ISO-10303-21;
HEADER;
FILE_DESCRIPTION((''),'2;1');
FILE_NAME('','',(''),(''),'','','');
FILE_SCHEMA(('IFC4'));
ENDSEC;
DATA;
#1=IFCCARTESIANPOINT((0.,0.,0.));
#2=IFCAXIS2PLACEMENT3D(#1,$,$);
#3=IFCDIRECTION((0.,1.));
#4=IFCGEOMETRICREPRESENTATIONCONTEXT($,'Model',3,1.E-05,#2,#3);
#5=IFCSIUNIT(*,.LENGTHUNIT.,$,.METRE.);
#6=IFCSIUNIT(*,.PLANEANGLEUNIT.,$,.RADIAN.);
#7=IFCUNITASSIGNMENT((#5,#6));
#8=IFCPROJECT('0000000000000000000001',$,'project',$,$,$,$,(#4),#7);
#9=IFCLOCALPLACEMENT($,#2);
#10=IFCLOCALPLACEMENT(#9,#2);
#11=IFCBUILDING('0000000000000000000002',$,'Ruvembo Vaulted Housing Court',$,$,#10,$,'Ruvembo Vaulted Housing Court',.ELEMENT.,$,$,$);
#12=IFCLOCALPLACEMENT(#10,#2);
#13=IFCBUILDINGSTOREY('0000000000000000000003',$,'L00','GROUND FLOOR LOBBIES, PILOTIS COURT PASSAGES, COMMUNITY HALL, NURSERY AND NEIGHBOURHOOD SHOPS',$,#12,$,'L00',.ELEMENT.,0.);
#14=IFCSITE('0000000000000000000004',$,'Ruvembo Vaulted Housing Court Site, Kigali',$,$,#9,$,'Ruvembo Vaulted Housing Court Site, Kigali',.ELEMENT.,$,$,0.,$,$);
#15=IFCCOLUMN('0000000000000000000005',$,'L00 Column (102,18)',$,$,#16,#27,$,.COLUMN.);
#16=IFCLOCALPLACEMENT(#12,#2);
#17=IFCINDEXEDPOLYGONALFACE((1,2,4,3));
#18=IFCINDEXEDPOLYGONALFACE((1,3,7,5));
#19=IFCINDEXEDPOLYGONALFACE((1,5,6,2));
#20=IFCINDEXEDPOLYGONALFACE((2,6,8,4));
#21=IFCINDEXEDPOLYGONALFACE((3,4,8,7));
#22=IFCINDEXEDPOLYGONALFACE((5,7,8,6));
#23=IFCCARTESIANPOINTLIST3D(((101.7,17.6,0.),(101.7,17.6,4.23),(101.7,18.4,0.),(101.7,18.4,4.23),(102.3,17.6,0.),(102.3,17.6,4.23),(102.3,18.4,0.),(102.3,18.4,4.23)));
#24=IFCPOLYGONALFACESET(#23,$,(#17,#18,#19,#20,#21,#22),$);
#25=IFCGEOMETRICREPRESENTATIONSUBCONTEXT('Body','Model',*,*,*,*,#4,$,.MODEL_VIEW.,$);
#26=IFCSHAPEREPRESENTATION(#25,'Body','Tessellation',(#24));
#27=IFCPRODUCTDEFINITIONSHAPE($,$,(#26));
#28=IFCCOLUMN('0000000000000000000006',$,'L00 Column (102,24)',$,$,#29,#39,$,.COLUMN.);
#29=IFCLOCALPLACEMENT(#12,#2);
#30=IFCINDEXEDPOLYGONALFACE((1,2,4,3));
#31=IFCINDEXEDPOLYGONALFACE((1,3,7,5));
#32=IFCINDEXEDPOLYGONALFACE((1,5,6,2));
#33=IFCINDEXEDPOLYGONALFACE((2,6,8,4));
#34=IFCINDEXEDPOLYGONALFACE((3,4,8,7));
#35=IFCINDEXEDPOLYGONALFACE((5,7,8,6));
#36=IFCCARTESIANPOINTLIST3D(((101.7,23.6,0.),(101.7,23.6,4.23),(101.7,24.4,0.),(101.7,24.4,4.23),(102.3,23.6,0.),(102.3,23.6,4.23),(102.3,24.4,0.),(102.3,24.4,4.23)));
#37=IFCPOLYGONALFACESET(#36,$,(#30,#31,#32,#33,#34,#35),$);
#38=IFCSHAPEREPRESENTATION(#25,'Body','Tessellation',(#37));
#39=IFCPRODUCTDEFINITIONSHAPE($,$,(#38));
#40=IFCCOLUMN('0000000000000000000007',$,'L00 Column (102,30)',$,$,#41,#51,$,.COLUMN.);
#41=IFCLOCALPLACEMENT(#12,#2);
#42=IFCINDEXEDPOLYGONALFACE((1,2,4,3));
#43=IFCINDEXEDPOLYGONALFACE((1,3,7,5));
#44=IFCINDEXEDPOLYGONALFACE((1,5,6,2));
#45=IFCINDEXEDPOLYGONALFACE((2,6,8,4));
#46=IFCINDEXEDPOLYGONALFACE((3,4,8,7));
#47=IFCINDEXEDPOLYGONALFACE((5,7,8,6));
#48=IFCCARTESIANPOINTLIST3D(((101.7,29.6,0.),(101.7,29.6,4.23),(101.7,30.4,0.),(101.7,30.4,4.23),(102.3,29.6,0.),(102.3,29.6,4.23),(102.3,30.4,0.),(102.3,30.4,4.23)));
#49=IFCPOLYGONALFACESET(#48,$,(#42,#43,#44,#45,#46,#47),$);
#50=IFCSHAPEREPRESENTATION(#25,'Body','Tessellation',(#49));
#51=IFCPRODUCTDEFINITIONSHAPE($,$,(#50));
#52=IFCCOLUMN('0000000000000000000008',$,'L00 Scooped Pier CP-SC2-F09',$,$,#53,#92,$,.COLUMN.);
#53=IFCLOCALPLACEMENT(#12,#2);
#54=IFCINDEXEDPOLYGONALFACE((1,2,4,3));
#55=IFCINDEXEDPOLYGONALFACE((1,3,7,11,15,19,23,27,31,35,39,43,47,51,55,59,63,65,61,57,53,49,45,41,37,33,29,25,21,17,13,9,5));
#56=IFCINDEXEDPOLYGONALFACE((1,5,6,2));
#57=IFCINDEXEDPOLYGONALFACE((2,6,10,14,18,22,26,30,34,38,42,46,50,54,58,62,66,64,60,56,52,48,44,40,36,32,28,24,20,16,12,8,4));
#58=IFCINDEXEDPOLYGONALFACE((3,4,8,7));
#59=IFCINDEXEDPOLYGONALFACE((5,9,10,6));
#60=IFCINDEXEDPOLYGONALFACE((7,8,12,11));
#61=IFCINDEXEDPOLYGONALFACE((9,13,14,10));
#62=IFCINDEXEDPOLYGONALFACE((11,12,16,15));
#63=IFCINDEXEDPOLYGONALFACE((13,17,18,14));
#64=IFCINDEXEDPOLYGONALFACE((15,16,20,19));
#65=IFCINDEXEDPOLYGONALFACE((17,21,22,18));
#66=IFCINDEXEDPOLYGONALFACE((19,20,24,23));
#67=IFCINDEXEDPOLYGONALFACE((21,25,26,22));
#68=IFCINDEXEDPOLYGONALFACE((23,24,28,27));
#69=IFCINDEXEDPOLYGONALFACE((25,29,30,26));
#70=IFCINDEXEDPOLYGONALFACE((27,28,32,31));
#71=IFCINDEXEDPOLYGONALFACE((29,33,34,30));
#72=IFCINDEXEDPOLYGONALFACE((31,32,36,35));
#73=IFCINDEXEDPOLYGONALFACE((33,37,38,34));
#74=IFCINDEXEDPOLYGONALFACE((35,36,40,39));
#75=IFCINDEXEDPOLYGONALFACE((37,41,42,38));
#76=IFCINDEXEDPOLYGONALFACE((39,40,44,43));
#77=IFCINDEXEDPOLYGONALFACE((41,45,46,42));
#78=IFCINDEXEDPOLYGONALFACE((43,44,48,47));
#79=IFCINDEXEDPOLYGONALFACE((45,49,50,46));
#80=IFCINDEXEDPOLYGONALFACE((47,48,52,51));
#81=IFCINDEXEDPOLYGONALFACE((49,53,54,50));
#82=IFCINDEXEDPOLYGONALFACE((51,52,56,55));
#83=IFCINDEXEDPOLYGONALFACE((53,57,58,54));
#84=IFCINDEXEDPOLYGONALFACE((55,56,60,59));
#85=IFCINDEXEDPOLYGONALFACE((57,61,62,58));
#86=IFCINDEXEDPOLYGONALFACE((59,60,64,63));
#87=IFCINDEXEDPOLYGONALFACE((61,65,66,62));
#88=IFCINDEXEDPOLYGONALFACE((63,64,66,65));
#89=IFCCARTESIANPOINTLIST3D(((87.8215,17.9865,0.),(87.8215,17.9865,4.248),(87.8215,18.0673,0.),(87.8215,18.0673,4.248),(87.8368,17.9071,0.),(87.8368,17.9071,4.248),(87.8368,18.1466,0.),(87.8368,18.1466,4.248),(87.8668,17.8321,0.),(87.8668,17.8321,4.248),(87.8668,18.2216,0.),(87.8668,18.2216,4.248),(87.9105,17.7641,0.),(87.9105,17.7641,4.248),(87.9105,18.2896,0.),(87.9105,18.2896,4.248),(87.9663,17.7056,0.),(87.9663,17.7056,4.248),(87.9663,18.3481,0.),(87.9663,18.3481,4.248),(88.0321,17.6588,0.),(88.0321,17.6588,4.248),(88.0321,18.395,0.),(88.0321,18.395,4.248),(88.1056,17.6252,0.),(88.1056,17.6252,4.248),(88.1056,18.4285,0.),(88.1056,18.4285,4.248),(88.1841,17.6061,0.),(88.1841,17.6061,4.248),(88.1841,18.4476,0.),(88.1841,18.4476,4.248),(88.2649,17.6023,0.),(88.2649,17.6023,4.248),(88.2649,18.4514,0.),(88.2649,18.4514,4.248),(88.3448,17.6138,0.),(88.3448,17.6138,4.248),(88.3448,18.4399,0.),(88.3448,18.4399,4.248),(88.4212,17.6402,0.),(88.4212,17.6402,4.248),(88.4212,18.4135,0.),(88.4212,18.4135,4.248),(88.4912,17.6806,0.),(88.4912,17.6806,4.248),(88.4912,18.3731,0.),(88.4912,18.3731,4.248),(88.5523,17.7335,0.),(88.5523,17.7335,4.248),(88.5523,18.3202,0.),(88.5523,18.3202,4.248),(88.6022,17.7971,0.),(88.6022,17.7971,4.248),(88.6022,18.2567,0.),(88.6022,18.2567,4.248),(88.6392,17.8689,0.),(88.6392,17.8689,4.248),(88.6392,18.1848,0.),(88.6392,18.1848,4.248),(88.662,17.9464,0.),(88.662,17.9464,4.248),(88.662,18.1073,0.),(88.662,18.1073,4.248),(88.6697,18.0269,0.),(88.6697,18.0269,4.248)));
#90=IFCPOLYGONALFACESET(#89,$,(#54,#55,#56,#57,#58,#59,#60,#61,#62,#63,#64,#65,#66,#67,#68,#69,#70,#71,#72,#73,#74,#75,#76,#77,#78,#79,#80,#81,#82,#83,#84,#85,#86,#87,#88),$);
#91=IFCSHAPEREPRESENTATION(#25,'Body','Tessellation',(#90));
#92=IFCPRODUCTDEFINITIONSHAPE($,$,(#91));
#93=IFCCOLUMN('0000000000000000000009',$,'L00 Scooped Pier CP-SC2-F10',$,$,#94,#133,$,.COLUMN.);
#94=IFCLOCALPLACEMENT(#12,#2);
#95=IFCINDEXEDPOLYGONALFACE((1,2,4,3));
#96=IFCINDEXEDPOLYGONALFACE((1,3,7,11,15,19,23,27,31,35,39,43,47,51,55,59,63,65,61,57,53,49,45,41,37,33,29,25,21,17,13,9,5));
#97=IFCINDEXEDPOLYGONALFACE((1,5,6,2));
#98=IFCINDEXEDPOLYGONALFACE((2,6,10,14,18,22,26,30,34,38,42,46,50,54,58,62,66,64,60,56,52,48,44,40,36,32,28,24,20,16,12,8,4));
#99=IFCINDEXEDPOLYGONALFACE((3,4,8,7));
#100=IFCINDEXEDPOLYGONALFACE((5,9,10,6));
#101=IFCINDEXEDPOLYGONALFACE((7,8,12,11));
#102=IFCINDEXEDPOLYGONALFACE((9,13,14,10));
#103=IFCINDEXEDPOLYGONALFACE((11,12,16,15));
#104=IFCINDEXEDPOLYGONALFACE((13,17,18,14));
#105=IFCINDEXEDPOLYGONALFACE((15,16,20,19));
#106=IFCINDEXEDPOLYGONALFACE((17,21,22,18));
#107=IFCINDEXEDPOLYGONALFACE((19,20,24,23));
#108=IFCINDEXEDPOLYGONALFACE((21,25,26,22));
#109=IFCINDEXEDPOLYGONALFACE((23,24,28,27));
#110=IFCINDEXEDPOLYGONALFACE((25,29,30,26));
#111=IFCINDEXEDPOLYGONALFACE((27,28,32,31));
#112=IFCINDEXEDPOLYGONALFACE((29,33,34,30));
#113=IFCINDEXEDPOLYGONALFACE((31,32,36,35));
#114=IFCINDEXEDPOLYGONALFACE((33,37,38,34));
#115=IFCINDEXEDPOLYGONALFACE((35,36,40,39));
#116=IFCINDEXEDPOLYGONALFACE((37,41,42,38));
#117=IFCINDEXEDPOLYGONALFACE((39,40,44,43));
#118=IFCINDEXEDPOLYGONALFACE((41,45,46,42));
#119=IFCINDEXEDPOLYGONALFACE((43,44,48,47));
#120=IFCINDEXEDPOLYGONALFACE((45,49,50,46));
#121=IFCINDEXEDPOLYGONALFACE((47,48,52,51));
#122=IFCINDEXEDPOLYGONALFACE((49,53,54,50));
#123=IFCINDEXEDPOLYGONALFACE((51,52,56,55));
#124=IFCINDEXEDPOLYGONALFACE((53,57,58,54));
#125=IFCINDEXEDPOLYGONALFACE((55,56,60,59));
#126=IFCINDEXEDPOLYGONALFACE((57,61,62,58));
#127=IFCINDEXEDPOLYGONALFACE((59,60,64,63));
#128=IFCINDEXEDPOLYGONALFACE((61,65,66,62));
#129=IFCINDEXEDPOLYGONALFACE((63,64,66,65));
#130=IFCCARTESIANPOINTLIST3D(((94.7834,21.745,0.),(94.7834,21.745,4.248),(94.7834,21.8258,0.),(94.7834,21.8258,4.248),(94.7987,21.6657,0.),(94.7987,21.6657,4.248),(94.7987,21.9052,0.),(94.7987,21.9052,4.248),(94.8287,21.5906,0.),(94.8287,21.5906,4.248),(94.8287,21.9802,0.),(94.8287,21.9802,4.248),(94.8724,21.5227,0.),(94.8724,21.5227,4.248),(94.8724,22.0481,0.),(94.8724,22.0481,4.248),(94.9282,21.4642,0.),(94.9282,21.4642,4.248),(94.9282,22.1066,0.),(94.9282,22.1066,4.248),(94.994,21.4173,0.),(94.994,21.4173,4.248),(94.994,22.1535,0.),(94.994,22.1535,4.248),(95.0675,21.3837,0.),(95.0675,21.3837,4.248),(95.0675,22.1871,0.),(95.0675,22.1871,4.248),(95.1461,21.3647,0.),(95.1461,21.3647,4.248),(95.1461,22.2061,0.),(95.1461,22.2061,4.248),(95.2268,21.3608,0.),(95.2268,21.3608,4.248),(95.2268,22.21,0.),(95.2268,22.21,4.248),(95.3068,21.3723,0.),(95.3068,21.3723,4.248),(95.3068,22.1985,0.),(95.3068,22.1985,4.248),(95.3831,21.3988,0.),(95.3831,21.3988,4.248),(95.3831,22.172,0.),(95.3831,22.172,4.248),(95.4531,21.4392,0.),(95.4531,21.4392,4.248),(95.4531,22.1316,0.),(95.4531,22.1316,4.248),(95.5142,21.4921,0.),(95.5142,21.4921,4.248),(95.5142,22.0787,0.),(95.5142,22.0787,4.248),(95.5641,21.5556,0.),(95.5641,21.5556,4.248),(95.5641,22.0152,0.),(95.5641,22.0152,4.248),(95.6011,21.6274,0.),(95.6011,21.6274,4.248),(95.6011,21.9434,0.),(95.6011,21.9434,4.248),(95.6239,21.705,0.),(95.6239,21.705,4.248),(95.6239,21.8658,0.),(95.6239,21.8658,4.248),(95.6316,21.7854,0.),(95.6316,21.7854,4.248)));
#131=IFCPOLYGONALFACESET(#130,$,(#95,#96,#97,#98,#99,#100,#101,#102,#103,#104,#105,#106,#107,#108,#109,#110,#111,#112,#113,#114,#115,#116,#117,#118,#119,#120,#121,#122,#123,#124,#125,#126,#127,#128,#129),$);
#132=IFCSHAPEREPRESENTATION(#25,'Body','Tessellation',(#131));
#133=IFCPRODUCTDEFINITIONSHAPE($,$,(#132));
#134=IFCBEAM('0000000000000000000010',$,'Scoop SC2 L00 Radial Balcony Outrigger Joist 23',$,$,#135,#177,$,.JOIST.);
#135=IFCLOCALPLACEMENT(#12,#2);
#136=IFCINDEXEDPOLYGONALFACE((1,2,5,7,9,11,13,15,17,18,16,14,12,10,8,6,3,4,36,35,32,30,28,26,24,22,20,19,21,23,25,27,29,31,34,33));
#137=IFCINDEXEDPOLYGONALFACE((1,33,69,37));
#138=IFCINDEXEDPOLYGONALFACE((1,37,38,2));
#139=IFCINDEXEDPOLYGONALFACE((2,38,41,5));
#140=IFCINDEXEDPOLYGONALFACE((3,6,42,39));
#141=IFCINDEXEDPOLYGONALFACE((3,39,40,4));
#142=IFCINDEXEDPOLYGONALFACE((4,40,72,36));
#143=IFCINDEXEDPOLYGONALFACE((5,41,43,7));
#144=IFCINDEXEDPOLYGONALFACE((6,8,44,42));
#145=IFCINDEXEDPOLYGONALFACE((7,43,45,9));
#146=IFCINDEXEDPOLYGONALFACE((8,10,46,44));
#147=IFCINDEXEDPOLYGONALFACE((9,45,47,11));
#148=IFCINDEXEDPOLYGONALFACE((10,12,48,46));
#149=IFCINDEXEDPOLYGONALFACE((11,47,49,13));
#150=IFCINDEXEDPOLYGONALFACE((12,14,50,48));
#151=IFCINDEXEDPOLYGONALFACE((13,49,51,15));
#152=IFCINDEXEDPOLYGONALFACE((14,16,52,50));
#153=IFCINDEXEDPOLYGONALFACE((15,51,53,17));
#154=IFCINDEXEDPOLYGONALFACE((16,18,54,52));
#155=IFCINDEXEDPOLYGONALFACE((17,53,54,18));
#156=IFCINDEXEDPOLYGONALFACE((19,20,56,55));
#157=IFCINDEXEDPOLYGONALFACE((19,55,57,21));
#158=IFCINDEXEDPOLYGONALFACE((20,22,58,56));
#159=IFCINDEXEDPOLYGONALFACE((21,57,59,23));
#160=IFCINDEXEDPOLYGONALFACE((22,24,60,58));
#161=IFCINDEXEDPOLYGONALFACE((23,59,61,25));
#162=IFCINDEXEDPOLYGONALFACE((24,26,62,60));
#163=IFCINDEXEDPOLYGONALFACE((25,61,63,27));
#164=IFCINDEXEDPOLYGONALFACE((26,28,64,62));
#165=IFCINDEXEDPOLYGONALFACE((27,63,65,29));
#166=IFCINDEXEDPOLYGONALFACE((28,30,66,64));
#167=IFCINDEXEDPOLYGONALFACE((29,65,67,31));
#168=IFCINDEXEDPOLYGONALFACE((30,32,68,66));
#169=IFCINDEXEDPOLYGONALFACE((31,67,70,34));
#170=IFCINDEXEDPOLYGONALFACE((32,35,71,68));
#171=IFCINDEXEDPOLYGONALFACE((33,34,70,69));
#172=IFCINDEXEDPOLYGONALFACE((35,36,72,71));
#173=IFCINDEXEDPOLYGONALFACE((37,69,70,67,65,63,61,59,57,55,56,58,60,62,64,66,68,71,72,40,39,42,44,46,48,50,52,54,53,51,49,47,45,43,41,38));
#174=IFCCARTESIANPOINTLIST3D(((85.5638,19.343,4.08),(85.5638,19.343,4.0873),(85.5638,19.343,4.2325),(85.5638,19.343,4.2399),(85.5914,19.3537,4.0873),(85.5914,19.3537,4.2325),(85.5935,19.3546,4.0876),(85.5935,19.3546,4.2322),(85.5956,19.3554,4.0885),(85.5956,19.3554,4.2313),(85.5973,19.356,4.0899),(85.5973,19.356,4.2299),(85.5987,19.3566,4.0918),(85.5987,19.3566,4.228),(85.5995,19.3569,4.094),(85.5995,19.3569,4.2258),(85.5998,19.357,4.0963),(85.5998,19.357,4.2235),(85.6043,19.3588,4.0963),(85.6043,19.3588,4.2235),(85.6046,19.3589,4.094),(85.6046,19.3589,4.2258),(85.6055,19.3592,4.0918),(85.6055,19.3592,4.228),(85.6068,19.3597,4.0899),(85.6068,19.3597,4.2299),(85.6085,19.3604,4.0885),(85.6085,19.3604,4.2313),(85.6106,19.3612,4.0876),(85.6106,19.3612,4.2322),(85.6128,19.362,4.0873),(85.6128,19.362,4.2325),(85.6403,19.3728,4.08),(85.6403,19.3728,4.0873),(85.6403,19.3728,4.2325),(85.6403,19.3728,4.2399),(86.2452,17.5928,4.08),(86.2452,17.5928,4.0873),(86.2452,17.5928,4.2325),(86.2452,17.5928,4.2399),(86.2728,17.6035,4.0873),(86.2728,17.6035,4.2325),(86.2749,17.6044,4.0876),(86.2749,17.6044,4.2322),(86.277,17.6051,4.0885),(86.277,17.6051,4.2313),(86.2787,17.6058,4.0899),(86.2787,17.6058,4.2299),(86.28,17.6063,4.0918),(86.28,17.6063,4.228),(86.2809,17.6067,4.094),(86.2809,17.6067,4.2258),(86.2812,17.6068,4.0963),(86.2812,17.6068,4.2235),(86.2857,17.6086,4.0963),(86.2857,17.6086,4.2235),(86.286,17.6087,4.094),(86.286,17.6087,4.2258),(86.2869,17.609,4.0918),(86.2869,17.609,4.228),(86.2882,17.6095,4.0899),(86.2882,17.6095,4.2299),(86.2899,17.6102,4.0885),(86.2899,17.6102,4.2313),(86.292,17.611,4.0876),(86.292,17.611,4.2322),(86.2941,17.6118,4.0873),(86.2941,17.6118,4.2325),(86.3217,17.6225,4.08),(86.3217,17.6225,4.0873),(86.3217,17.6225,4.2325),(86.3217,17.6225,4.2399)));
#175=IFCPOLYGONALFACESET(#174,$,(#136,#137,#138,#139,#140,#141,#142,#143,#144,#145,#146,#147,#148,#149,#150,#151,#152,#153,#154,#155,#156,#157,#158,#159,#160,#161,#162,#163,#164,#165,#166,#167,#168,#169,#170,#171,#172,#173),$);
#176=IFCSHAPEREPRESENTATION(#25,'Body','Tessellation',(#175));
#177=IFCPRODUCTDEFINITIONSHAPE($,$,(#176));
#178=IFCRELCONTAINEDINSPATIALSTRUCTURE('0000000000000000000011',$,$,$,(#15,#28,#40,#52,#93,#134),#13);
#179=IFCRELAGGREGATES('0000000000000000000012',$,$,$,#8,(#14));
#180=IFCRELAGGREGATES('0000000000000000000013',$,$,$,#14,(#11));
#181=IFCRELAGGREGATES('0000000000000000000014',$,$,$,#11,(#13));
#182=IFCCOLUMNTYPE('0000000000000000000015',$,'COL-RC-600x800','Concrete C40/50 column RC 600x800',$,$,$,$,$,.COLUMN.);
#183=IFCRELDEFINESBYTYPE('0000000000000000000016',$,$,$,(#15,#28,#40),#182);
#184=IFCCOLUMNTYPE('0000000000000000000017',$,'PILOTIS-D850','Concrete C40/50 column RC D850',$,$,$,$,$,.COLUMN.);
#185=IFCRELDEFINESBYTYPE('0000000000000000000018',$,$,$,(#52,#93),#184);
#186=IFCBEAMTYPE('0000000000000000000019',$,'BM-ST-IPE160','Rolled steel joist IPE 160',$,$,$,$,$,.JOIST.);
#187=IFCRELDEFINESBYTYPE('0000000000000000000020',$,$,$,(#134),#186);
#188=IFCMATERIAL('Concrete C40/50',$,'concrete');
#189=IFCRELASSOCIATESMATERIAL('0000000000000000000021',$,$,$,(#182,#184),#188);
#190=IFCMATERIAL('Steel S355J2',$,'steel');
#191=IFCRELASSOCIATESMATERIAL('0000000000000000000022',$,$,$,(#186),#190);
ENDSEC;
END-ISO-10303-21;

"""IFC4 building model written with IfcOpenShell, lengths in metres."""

from ifc_helpers import new_model, si_unit, direction, frame, origin, origin_2d, place, context, subcontext, project, spatial, rectangle, circle, i_section, extrude, material, material_profile, profile_set, type_object, element, save


model = new_model("IFC4")

# Units and contexts
model_context = context("Model", 3, precision=1e-05, world=origin(), true_north=direction((0.0, 1.0)))
body_context = subcontext(model_context, "Body", "Model", "MODEL_VIEW")
ifc_project = project(units=[si_unit("LENGTHUNIT", "METRE"), si_unit("PLANEANGLEUNIT", "RADIAN")], contexts=[model_context])

# Site, building, storey
site_placement = place(None, origin())
site = spatial("IfcSite", under=ifc_project, at=site_placement, Name="Ruvembo Vaulted Housing Court Site, Kigali", LongName="Ruvembo Vaulted Housing Court Site, Kigali", CompositionType="ELEMENT", RefElevation=0.0)
building_placement = place(site_placement, origin())
building = spatial("IfcBuilding", under=site, at=building_placement, Name="Ruvembo Vaulted Housing Court", LongName="Ruvembo Vaulted Housing Court", CompositionType="ELEMENT")
storey_placement = place(building_placement, origin())
storey = spatial("IfcBuildingStorey", under=building, at=storey_placement, Name="L00", Description="GROUND FLOOR LOBBIES, PILOTIS COURT PASSAGES, COMMUNITY HALL, NURSERY AND NEIGHBOURHOOD SHOPS", LongName="L00", CompositionType="ELEMENT", Elevation=0.0)

# Columns
ifc_material_1 = material(Name="Concrete C40/50", Category="concrete")
ifc_material_profile_1 = material_profile(ifc_material_1, rectangle(XDim=0.6001, YDim=0.8, at=origin_2d()), Name="RC 600x800")
ifc_profile_set_1 = profile_set([ifc_material_profile_1], Name="Concrete C40/50")
column_type_1 = type_object("IfcColumnType", Name="COL-RC-600x800", Description="Concrete C40/50 column RC 600x800", PredefinedType="COLUMN", material=ifc_profile_set_1)
for number, where, z_axis, x_axis, name in (
    (1, (102.0, 18.0, 0.0), (0.0, 0.0, 1.0), (1.0, 0.0, 0.0), "L00 Column (102,18)"),
    (2, (102.0, 24.0, 0.0), (0.0, 0.0, 1.0), (1.0, 0.0, 0.0), "L00 Column (102,24)"),
    (3, (102.0, 30.0, 0.0), (0.0, 0.0, 1.0), (1.0, 0.0, 0.0), "L00 Column (102,30)"),
):
    element("IfcColumn", number, at=place(storey_placement, frame(where, z_axis=z_axis, x_axis=x_axis)), inside=storey, type_object=column_type_1, Name=name, PredefinedType="COLUMN", context=body_context, shape_type="SweptSolid", body=[
        extrude(rectangle(XDim=0.6001, YDim=0.8, at=origin_2d()), origin(), (0.0, 0.0, 1.0), 4.23),
    ])
ifc_material_profile_2 = material_profile(ifc_material_1, circle(Radius=0.425, at=origin_2d()), Name="RC D850")
ifc_profile_set_2 = profile_set([ifc_material_profile_2], Name="Concrete C40/50")
column_type_2 = type_object("IfcColumnType", Name="PILOTIS-D850", Description="Concrete C40/50 column RC D850", PredefinedType="COLUMN", material=ifc_profile_set_2)
for number, where, z_axis, x_axis, name in (
    (4, (88.2446, 18.0269, 0.0), (0.0, 0.0, 1.0), (1.0, 0.0, 0.0), "L00 Scooped Pier CP-SC2-F09"),
    (5, (95.2065, 21.7854, 0.0), (0.0, 0.0, 1.0), (1.0, 0.0, 0.0), "L00 Scooped Pier CP-SC2-F10"),
):
    element("IfcColumn", number, at=place(storey_placement, frame(where, z_axis=z_axis, x_axis=x_axis)), inside=storey, type_object=column_type_2, Name=name, PredefinedType="COLUMN", context=body_context, shape_type="SweptSolid", body=[
        extrude(circle(Radius=0.425, at=origin_2d()), origin(), (0.0, 0.0, 1.0), 4.248),
    ])

# Beam
ifc_material_2 = material(Name="Steel S355J2", Category="steel")
ifc_material_profile_3 = material_profile(ifc_material_2, i_section(OverallWidth=0.082, OverallDepth=0.1599, WebThickness=0.0049, FlangeThickness=0.0073, FilletRadius=0.009, at=origin_2d()), Name="IPE 160")
ifc_profile_set_3 = profile_set([ifc_material_profile_3], Name="Steel S355J2")
beam_type_1 = type_object("IfcBeamType", Name="BM-ST-IPE160", Description="Rolled steel joist IPE 160", PredefinedType="JOIST", material=ifc_profile_set_3)
beam_1_placement = place(storey_placement, frame((86.2834, 17.6077, 4.1599), z_axis=(-0.362791, 0.93187, 0.0), x_axis=(-0.93187, -0.362791, 0.0)))
element("IfcBeam", 6, at=beam_1_placement, inside=storey, type_object=beam_type_1, Name="Scoop SC2 L00 Radial Balcony Outrigger Joist 23", PredefinedType="JOIST", context=body_context, shape_type="SweptSolid", body=[
    extrude(i_section(OverallWidth=0.082, OverallDepth=0.1599, WebThickness=0.0049, FlangeThickness=0.0073, FilletRadius=0.009, at=origin_2d()), origin(), (0.0, 0.0, 1.0), 1.8782),
])

save(model, "model.ifc")
